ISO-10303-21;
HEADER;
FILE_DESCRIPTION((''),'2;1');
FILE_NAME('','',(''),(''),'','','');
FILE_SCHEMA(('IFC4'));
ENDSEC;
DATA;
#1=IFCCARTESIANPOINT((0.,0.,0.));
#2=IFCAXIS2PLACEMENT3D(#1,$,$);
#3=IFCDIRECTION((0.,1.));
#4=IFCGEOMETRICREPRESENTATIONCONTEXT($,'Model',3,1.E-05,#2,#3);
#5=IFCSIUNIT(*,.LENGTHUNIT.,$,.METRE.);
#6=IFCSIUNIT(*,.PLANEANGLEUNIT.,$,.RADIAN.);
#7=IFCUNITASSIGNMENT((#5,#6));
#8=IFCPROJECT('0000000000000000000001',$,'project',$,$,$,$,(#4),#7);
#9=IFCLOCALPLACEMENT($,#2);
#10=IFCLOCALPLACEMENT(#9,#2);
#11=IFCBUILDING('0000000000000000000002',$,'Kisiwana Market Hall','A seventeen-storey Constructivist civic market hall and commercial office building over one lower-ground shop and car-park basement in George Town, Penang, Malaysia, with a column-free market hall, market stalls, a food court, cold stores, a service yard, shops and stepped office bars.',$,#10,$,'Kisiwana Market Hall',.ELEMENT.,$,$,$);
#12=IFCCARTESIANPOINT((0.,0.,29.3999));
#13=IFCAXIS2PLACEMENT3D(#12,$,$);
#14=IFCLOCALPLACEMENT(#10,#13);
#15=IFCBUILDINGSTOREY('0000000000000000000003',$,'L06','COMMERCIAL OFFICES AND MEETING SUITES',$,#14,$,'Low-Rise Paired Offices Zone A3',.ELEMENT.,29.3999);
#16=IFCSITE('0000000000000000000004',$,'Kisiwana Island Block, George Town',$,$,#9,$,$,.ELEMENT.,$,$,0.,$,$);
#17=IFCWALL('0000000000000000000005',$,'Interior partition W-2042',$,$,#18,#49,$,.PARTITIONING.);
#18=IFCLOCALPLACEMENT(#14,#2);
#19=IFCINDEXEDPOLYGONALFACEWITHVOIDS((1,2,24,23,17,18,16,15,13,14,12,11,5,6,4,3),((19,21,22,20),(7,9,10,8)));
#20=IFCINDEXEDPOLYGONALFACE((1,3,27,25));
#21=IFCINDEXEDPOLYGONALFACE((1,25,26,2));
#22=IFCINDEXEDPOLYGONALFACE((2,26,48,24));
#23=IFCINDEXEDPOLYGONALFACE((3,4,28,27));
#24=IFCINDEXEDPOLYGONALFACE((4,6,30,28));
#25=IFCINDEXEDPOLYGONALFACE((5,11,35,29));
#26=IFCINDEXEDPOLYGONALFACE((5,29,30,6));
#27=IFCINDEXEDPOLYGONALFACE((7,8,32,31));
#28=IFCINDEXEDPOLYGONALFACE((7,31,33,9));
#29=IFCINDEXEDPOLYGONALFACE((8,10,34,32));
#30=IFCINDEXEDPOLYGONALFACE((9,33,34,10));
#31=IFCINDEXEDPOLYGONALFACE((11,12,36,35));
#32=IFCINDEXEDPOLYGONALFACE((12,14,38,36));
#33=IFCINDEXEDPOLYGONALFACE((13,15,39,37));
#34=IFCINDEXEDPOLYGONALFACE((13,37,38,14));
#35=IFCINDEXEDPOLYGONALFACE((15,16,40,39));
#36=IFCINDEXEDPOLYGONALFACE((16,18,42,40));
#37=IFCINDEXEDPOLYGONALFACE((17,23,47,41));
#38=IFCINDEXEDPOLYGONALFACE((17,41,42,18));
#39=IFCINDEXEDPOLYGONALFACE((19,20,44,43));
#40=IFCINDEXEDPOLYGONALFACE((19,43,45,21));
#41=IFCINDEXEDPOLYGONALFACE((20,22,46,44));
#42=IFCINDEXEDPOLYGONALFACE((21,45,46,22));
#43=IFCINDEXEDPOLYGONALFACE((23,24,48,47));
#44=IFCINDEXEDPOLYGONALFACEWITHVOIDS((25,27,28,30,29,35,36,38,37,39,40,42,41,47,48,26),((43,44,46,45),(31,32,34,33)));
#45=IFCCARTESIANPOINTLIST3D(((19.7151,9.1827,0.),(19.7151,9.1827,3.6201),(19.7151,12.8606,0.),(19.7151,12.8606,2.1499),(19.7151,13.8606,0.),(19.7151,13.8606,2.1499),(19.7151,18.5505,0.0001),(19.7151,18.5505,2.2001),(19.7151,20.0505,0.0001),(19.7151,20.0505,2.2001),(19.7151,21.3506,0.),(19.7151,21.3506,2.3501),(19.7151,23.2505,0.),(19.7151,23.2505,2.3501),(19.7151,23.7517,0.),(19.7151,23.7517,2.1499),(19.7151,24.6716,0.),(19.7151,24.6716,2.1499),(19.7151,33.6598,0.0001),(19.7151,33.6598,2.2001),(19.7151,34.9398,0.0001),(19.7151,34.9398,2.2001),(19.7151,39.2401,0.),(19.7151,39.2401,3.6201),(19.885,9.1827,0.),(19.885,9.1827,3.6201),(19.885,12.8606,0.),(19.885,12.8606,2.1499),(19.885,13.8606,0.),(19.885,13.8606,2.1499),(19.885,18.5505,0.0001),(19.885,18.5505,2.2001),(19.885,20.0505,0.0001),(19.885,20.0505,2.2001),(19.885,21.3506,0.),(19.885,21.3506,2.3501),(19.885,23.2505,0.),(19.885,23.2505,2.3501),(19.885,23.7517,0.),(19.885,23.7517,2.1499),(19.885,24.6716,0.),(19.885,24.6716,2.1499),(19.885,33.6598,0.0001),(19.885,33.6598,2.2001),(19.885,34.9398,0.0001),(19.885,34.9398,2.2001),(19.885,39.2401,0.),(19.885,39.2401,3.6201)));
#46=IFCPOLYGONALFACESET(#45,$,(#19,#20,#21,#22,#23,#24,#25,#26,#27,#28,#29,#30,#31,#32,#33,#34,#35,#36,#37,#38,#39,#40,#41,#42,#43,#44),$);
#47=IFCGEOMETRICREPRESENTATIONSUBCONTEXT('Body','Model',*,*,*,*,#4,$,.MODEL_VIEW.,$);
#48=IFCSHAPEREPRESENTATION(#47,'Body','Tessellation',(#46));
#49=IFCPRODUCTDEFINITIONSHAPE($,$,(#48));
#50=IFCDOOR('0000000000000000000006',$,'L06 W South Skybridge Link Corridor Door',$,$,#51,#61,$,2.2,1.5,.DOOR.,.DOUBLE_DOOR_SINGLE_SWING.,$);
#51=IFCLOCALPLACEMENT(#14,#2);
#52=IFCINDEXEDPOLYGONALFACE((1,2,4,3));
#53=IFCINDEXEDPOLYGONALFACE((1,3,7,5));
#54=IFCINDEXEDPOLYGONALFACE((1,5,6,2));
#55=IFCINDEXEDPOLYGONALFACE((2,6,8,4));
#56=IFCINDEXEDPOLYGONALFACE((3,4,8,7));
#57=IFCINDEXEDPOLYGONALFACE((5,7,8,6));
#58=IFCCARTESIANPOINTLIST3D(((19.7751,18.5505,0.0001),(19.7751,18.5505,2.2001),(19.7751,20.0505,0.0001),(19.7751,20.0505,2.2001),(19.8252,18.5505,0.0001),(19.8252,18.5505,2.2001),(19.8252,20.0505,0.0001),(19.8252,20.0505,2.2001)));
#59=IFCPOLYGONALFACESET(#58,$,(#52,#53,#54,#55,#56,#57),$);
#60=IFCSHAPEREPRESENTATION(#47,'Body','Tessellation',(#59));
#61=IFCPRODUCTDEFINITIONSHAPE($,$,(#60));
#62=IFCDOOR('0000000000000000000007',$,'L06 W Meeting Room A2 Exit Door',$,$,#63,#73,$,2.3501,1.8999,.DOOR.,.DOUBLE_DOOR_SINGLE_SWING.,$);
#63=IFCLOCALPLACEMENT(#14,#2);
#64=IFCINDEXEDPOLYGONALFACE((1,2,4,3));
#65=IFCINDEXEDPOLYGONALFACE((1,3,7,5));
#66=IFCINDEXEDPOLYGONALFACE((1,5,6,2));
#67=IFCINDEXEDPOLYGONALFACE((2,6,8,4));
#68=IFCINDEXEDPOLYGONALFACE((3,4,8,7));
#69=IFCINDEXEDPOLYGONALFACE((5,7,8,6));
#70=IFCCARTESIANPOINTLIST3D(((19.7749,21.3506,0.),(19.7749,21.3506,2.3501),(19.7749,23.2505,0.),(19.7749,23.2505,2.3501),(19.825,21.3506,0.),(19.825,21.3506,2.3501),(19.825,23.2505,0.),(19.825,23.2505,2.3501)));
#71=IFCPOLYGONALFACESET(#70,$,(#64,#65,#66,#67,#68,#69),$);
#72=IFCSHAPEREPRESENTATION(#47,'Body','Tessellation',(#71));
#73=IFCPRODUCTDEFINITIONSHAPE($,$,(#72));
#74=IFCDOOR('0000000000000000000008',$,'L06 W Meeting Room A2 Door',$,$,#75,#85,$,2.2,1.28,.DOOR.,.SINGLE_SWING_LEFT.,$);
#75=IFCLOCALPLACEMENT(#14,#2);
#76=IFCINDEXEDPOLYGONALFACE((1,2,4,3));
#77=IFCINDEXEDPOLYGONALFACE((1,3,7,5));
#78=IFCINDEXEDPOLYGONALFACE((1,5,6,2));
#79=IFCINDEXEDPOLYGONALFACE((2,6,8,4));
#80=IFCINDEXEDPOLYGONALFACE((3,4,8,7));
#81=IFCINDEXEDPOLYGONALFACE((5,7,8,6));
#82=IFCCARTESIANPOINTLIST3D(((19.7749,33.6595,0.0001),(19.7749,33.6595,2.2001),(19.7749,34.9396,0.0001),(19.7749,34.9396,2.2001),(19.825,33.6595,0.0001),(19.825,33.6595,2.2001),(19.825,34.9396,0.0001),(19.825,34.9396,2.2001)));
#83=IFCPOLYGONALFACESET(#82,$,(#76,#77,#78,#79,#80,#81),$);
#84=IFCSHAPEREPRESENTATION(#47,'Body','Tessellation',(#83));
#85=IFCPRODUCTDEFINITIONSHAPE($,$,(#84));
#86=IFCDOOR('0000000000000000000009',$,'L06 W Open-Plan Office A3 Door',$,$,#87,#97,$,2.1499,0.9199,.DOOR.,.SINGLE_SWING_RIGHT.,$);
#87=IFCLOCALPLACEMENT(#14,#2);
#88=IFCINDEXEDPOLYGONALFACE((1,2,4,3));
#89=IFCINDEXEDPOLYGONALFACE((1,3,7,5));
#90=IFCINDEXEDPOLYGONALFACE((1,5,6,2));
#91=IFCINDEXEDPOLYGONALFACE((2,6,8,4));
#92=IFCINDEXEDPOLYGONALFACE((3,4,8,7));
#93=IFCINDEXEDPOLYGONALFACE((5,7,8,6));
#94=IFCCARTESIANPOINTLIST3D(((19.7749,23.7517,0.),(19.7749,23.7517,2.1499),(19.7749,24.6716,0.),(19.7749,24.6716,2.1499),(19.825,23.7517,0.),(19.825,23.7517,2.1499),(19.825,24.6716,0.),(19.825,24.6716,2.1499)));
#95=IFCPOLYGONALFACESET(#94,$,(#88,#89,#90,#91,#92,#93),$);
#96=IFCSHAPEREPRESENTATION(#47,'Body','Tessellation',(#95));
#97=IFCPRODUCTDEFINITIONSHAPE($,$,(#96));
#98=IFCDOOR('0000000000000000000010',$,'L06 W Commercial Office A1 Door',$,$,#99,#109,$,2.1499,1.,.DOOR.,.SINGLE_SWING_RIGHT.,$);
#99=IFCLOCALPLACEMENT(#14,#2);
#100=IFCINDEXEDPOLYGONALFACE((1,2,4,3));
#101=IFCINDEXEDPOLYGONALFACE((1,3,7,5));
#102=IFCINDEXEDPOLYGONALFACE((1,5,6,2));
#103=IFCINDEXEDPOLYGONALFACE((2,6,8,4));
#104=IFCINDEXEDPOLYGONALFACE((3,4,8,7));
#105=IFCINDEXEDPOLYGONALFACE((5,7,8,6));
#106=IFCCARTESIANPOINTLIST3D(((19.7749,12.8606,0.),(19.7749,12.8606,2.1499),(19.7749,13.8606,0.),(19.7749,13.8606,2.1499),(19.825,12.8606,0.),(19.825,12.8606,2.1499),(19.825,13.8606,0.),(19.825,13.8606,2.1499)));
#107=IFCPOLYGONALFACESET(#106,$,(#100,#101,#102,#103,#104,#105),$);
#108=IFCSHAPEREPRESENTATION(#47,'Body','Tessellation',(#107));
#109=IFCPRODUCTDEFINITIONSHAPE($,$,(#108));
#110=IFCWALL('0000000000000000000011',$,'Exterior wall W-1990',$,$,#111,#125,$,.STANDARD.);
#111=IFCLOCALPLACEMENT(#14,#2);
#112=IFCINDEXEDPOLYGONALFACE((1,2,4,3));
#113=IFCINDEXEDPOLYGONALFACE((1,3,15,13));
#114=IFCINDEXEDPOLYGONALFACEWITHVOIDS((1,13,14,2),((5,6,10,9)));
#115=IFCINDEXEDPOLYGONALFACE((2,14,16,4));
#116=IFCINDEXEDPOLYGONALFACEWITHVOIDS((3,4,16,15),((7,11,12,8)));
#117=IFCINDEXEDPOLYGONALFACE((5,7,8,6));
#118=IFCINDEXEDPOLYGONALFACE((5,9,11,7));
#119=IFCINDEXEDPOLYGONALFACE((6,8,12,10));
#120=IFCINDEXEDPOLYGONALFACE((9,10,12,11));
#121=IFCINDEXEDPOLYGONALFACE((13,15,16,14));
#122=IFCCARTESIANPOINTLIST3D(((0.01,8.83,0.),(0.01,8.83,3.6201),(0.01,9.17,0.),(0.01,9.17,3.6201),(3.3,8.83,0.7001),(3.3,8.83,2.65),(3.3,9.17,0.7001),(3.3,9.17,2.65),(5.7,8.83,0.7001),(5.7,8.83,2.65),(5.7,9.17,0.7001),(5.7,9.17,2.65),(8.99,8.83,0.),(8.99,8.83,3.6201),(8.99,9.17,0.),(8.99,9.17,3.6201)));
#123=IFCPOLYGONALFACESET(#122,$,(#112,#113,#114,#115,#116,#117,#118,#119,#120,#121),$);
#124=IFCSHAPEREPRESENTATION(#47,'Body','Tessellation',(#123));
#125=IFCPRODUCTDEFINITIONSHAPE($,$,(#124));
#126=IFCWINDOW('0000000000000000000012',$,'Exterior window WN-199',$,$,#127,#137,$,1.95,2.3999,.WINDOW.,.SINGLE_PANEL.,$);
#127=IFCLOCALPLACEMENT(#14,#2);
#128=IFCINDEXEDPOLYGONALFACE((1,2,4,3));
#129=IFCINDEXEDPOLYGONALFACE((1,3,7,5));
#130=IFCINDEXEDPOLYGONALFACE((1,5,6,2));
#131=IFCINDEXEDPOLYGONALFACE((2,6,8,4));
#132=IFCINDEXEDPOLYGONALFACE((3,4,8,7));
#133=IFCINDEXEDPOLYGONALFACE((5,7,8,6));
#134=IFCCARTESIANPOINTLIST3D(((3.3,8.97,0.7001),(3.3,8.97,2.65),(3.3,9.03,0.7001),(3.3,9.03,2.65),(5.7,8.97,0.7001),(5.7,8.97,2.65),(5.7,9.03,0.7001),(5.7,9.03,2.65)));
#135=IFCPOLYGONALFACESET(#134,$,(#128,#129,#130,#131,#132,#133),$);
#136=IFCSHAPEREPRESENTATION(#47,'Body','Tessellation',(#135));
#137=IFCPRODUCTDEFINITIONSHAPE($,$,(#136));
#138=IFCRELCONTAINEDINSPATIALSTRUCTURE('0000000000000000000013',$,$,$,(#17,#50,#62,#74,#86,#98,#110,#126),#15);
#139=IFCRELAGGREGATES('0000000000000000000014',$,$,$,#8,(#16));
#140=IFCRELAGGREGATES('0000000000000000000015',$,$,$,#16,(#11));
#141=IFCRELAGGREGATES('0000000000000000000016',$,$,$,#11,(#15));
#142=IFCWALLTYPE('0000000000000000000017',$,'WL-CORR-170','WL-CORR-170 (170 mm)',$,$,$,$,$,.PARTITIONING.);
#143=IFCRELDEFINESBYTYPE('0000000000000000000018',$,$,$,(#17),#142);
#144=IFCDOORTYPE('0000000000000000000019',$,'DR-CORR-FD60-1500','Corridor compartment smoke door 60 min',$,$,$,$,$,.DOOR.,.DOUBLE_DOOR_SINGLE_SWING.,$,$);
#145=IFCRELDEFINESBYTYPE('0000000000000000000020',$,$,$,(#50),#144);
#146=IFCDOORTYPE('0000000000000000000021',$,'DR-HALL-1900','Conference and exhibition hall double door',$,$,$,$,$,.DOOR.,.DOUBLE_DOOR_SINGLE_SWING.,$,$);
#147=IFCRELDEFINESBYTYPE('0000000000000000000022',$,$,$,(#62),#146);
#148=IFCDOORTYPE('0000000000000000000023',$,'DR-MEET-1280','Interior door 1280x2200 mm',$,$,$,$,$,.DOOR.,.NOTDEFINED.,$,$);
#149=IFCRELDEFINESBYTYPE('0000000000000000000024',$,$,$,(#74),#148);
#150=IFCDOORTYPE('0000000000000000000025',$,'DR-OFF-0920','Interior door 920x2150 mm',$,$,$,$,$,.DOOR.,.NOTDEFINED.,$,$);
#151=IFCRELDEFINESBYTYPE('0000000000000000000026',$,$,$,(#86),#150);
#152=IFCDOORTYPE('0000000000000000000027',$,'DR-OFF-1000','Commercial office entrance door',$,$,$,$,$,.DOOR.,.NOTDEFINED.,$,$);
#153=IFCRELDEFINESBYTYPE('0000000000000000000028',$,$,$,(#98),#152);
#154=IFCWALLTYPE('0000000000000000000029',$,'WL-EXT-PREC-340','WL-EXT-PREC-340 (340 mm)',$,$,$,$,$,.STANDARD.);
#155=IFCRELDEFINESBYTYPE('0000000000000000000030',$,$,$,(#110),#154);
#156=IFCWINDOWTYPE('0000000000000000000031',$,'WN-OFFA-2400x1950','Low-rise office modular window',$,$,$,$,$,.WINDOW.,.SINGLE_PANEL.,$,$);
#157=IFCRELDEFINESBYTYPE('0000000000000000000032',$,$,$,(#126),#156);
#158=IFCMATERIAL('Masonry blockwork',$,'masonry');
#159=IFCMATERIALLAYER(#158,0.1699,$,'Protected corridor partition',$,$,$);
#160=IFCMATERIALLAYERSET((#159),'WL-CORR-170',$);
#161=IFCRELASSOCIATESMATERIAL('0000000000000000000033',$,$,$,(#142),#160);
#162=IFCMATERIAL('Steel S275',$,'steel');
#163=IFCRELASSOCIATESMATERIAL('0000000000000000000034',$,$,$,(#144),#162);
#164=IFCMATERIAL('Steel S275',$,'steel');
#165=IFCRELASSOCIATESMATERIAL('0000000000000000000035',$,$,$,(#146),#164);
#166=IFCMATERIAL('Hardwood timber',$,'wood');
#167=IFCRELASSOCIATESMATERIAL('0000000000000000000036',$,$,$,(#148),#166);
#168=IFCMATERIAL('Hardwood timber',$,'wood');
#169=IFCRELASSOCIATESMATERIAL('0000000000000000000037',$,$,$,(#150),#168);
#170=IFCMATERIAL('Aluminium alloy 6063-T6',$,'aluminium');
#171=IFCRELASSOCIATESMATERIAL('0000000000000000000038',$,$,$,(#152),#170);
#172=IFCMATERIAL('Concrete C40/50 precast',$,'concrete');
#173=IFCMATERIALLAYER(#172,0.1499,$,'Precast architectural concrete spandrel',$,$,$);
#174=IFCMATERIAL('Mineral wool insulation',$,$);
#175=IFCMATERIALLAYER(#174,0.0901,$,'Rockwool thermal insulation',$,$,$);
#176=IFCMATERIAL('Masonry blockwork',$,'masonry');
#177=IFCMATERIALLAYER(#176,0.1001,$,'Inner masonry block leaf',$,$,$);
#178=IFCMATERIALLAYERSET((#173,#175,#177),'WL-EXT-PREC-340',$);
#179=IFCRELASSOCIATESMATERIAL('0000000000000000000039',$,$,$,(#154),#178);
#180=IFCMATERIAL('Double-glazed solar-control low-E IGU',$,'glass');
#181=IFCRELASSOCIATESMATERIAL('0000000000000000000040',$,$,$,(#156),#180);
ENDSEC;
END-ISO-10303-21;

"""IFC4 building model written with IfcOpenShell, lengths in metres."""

from ifc_helpers import new_model, si_unit, direction, frame, frame_2d, origin, place, context, subcontext, project, spatial, rectangle, extrude, material, layer, layer_set, type_object, element, fill, save


model = new_model("IFC4")

# Units and contexts
model_context = context("Model", 3, precision=1e-05, world=origin(), true_north=direction((0.0, 1.0)))
body_context = subcontext(model_context, "Body", "Model", "MODEL_VIEW")
ifc_project = project(units=[si_unit("LENGTHUNIT", "METRE"), si_unit("PLANEANGLEUNIT", "RADIAN")], contexts=[model_context])

# Site, building, storey
site_placement = place(None, origin())
site = spatial("IfcSite", under=ifc_project, at=site_placement, Name="Kisiwana Island Block, George Town", CompositionType="ELEMENT", RefElevation=0.0)
building_placement = place(site_placement, origin())
building = spatial("IfcBuilding", under=site, at=building_placement, Name="Kisiwana Market Hall", Description="A seventeen-storey Constructivist civic market hall and commercial office building over one lower-ground shop and car-park basement in George Town, Penang, Malaysia, with a column-free market hall, market stalls, a food court, cold stores, a service yard, shops and stepped office bars.", LongName="Kisiwana Market Hall", CompositionType="ELEMENT")
storey_placement = place(building_placement, frame((0.0, 0.0, 29.3999)))
storey = spatial("IfcBuildingStorey", under=building, at=storey_placement, Name="L06", Description="COMMERCIAL OFFICES AND MEETING SUITES", LongName="Low-Rise Paired Offices Zone A3", CompositionType="ELEMENT", Elevation=29.3999)

# Shared definitions
ifc_material_1 = material(Name="Masonry blockwork", Category="masonry")
ifc_layer_1 = layer(ifc_material_1, 0.1699, Name="Protected corridor partition")
ifc_layer_set_1 = layer_set([ifc_layer_1], Name="WL-CORR-170")
wall_type_1 = type_object("IfcWallType", Name="WL-CORR-170", Description="WL-CORR-170 (170 mm)", PredefinedType="PARTITIONING", material=ifc_layer_set_1)

# Wall, openings, doors
wall_1_placement = place(storey_placement, frame((19.8, 9.1826, 0.0), z_axis=(0.0, 0.0, 1.0), x_axis=(0.0, 1.0, 0.0)))
wall_1 = element("IfcWall", 1, at=wall_1_placement, inside=storey, type_object=wall_type_1, Name="Interior partition W-2042", PredefinedType="PARTITIONING", context=body_context, shape_type="SweptSolid", body=[
    extrude(rectangle(XDim=30.0574, YDim=0.1699, at=frame_2d((15.0288, 0.0))), origin(), (0.0, 0.0, 1.0), 3.6201),
])
opening_1_placement = place(wall_1_placement, frame((3.678, 0.0, 0.0)))
opening_1 = element("IfcOpeningElement", 2, at=opening_1_placement, cuts=wall_1, PredefinedType="OPENING", context=body_context, shape_type="SweptSolid", body=[
    extrude(rectangle(XDim=1.0, YDim=2.1499, at=frame_2d((0.5, 1.075))), frame((0.0, 0.0969, 0.0), z_axis=(0.0, -1.0, 0.0), x_axis=(1.0, 0.0, 0.0)), (0.0, 0.0, 1.0), 0.1938),
])
opening_2_placement = place(wall_1_placement, frame((9.3679, 0.0, 0.0)))
opening_2 = element("IfcOpeningElement", 3, at=opening_2_placement, cuts=wall_1, PredefinedType="OPENING", context=body_context, shape_type="SweptSolid", body=[
    extrude(rectangle(XDim=1.5, YDim=2.2, at=frame_2d((0.75, 1.1001))), frame((0.0, 0.0969, 0.0), z_axis=(0.0, -1.0, 0.0), x_axis=(1.0, 0.0, 0.0)), (0.0, 0.0, 1.0), 0.1938),
])
opening_3_placement = place(wall_1_placement, frame((24.4771, 0.0, 0.0)))
opening_3 = element("IfcOpeningElement", 4, at=opening_3_placement, cuts=wall_1, PredefinedType="OPENING", context=body_context, shape_type="SweptSolid", body=[
    extrude(rectangle(XDim=1.28, YDim=2.2, at=frame_2d((0.6401, 1.1001))), frame((0.0, 0.0969, 0.0), z_axis=(0.0, -1.0, 0.0), x_axis=(1.0, 0.0, 0.0)), (0.0, 0.0, 1.0), 0.1938),
])
opening_4_placement = place(wall_1_placement, frame((14.5691, 0.0, 0.0)))
opening_4 = element("IfcOpeningElement", 5, at=opening_4_placement, cuts=wall_1, PredefinedType="OPENING", context=body_context, shape_type="SweptSolid", body=[
    extrude(rectangle(XDim=0.9199, YDim=2.1499, at=frame_2d((0.46, 1.075))), frame((0.0, 0.0969, 0.0), z_axis=(0.0, -1.0, 0.0), x_axis=(1.0, 0.0, 0.0)), (0.0, 0.0, 1.0), 0.1938),
])
opening_5_placement = place(wall_1_placement, frame((12.168, 0.0, 0.0)))
opening_5 = element("IfcOpeningElement", 6, at=opening_5_placement, cuts=wall_1, PredefinedType="OPENING", context=body_context, shape_type="SweptSolid", body=[
    extrude(rectangle(XDim=1.8999, YDim=2.3501, at=frame_2d((0.95, 1.175))), frame((0.0, 0.0969, 0.0), z_axis=(0.0, -1.0, 0.0), x_axis=(1.0, 0.0, 0.0)), (0.0, 0.0, 1.0), 0.1938),
])
ifc_material_2 = material(Name="Steel S275", Category="steel")
door_type_1 = type_object("IfcDoorType", Name="DR-CORR-FD60-1500", Description="Corridor compartment smoke door 60 min", OperationType="DOUBLE_DOOR_SINGLE_SWING", PredefinedType="DOOR", material=ifc_material_2)
door_1_placement = place(opening_2_placement, origin())
door_1 = element("IfcDoor", 7, at=door_1_placement, inside=storey, type_object=door_type_1, Name="L06 W South Skybridge Link Corridor Door", OperationType="DOUBLE_DOOR_SINGLE_SWING", OverallHeight=2.2, OverallWidth=1.5, PredefinedType="DOOR", context=body_context, shape_type="SweptSolid", body=[
    extrude(rectangle(XDim=1.5, YDim=2.2, at=frame_2d((0.75, 1.1001))), frame((0.0, 0.0249, 0.0), z_axis=(0.0, -1.0, 0.0), x_axis=(1.0, 0.0, 0.0)), (0.0, 0.0, 1.0), 0.05),
])
fill(opening_2, door_1)
ifc_material_3 = material(Name="Steel S275", Category="steel")
door_type_2 = type_object("IfcDoorType", Name="DR-HALL-1900", Description="Conference and exhibition hall double door", OperationType="DOUBLE_DOOR_SINGLE_SWING", PredefinedType="DOOR", material=ifc_material_3)
door_2_placement = place(opening_5_placement, frame((1.8999, 0.0, 0.0), z_axis=(0.0, 0.0, 1.0), x_axis=(-1.0, 0.0, 0.0)))
door_2 = element("IfcDoor", 8, at=door_2_placement, inside=storey, type_object=door_type_2, Name="L06 W Meeting Room A2 Exit Door", OperationType="DOUBLE_DOOR_SINGLE_SWING", OverallHeight=2.3501, OverallWidth=1.8999, PredefinedType="DOOR", context=body_context, shape_type="SweptSolid", body=[
    extrude(rectangle(XDim=1.8999, YDim=2.3501, at=frame_2d((0.95, 1.175))), frame((0.0, 0.0249, 0.0), z_axis=(0.0, -1.0, 0.0), x_axis=(1.0, 0.0, 0.0)), (0.0, 0.0, 1.0), 0.05),
])
fill(opening_5, door_2)
ifc_material_4 = material(Name="Hardwood timber", Category="wood")
door_type_3 = type_object("IfcDoorType", Name="DR-MEET-1280", Description="Interior door 1280x2200 mm", OperationType="NOTDEFINED", PredefinedType="DOOR", material=ifc_material_4)
door_3_placement = place(opening_3_placement, frame((1.28, 0.0, 0.0), z_axis=(0.0, 0.0, 1.0), x_axis=(-1.0, 0.0, 0.0)))
door_3 = element("IfcDoor", 9, at=door_3_placement, inside=storey, type_object=door_type_3, Name="L06 W Meeting Room A2 Door", OperationType="SINGLE_SWING_LEFT", OverallHeight=2.2, OverallWidth=1.28, PredefinedType="DOOR", context=body_context, shape_type="SweptSolid", body=[
    extrude(rectangle(XDim=1.28, YDim=2.2, at=frame_2d((0.6401, 1.1001))), frame((0.0, 0.0249, 0.0), z_axis=(0.0, -1.0, 0.0), x_axis=(1.0, 0.0, 0.0)), (0.0, 0.0, 1.0), 0.05),
])
fill(opening_3, door_3)
ifc_material_5 = material(Name="Hardwood timber", Category="wood")
door_type_4 = type_object("IfcDoorType", Name="DR-OFF-0920", Description="Interior door 920x2150 mm", OperationType="NOTDEFINED", PredefinedType="DOOR", material=ifc_material_5)
door_4_placement = place(opening_4_placement, frame((0.9199, 0.0, 0.0), z_axis=(0.0, 0.0, 1.0), x_axis=(-1.0, 0.0, 0.0)))
door_4 = element("IfcDoor", 10, at=door_4_placement, inside=storey, type_object=door_type_4, Name="L06 W Open-Plan Office A3 Door", OperationType="SINGLE_SWING_RIGHT", OverallHeight=2.1499, OverallWidth=0.9199, PredefinedType="DOOR", context=body_context, shape_type="SweptSolid", body=[
    extrude(rectangle(XDim=0.9199, YDim=2.1499, at=frame_2d((0.46, 1.075))), frame((0.0, 0.0249, 0.0), z_axis=(0.0, -1.0, 0.0), x_axis=(1.0, 0.0, 0.0)), (0.0, 0.0, 1.0), 0.05),
])
fill(opening_4, door_4)
ifc_material_6 = material(Name="Aluminium alloy 6063-T6", Category="aluminium")
door_type_5 = type_object("IfcDoorType", Name="DR-OFF-1000", Description="Commercial office entrance door", OperationType="NOTDEFINED", PredefinedType="DOOR", material=ifc_material_6)
door_5_placement = place(opening_1_placement, frame((1.0, 0.0, 0.0), z_axis=(0.0, 0.0, 1.0), x_axis=(-1.0, 0.0, 0.0)))
door_5 = element("IfcDoor", 11, at=door_5_placement, inside=storey, type_object=door_type_5, Name="L06 W Commercial Office A1 Door", OperationType="SINGLE_SWING_RIGHT", OverallHeight=2.1499, OverallWidth=1.0, PredefinedType="DOOR", context=body_context, shape_type="SweptSolid", body=[
    extrude(rectangle(XDim=1.0, YDim=2.1499, at=frame_2d((0.5, 1.075))), frame((0.0, 0.0249, 0.0), z_axis=(0.0, -1.0, 0.0), x_axis=(1.0, 0.0, 0.0)), (0.0, 0.0, 1.0), 0.05),
])
fill(opening_1, door_5)

# Wall, opening, window
ifc_material_7 = material(Name="Concrete C40/50 precast", Category="concrete")
ifc_layer_2 = layer(ifc_material_7, 0.1499, Name="Precast architectural concrete spandrel")
ifc_material_8 = material(Name="Mineral wool insulation")
ifc_layer_3 = layer(ifc_material_8, 0.0901, Name="Rockwool thermal insulation")
ifc_material_9 = material(Name="Masonry blockwork", Category="masonry")
ifc_layer_4 = layer(ifc_material_9, 0.1001, Name="Inner masonry block leaf")
ifc_layer_set_2 = layer_set([ifc_layer_2, ifc_layer_3, ifc_layer_4], Name="WL-EXT-PREC-340")
wall_type_2 = type_object("IfcWallType", Name="WL-EXT-PREC-340", Description="WL-EXT-PREC-340 (340 mm)", PredefinedType="STANDARD", material=ifc_layer_set_2)
wall_2_placement = place(storey_placement, frame((0.01, 9.0, 0.0), z_axis=(0.0, 0.0, 1.0), x_axis=(1.0, 0.0, 0.0)))
wall_2 = element("IfcWall", 12, at=wall_2_placement, inside=storey, type_object=wall_type_2, Name="Exterior wall W-1990", PredefinedType="STANDARD", context=body_context, shape_type="SweptSolid", body=[
    extrude(rectangle(XDim=8.98, YDim=0.3401, at=frame_2d((4.49, 0.0))), origin(), (0.0, 0.0, 1.0), 3.6201),
])
opening_6_placement = place(wall_2_placement, frame((3.29, 0.0, 0.7)))
opening_6 = element("IfcOpeningElement", 13, at=opening_6_placement, cuts=wall_2, PredefinedType="OPENING", context=body_context, shape_type="SweptSolid", body=[
    extrude(rectangle(XDim=2.3999, YDim=1.95, at=frame_2d((1.2, 0.9751))), frame((0.0, 0.1821, 0.0), z_axis=(0.0, -1.0, 0.0), x_axis=(1.0, 0.0, 0.0)), (0.0, 0.0, 1.0), 0.364),
])
ifc_material_10 = material(Name="Double-glazed solar-control low-E IGU", Category="glass")
window_type_1 = type_object("IfcWindowType", Name="WN-OFFA-2400x1950", Description="Low-rise office modular window", PartitioningType="SINGLE_PANEL", PredefinedType="WINDOW", material=ifc_material_10)
window_1_placement = place(opening_6_placement, origin())
window_1 = element("IfcWindow", 14, at=window_1_placement, inside=storey, type_object=window_type_1, Name="Exterior window WN-199", OverallHeight=1.95, OverallWidth=2.3999, PartitioningType="SINGLE_PANEL", PredefinedType="WINDOW", context=body_context, shape_type="SweptSolid", body=[
    extrude(rectangle(XDim=2.3999, YDim=1.95, at=frame_2d((1.2, 0.9751))), frame((0.0, 0.03, 0.0), z_axis=(0.0, -1.0, 0.0), x_axis=(1.0, 0.0, 0.0)), (0.0, 0.0, 1.0), 0.0601),
])
fill(opening_6, window_1)

save(model, "model.ifc")
